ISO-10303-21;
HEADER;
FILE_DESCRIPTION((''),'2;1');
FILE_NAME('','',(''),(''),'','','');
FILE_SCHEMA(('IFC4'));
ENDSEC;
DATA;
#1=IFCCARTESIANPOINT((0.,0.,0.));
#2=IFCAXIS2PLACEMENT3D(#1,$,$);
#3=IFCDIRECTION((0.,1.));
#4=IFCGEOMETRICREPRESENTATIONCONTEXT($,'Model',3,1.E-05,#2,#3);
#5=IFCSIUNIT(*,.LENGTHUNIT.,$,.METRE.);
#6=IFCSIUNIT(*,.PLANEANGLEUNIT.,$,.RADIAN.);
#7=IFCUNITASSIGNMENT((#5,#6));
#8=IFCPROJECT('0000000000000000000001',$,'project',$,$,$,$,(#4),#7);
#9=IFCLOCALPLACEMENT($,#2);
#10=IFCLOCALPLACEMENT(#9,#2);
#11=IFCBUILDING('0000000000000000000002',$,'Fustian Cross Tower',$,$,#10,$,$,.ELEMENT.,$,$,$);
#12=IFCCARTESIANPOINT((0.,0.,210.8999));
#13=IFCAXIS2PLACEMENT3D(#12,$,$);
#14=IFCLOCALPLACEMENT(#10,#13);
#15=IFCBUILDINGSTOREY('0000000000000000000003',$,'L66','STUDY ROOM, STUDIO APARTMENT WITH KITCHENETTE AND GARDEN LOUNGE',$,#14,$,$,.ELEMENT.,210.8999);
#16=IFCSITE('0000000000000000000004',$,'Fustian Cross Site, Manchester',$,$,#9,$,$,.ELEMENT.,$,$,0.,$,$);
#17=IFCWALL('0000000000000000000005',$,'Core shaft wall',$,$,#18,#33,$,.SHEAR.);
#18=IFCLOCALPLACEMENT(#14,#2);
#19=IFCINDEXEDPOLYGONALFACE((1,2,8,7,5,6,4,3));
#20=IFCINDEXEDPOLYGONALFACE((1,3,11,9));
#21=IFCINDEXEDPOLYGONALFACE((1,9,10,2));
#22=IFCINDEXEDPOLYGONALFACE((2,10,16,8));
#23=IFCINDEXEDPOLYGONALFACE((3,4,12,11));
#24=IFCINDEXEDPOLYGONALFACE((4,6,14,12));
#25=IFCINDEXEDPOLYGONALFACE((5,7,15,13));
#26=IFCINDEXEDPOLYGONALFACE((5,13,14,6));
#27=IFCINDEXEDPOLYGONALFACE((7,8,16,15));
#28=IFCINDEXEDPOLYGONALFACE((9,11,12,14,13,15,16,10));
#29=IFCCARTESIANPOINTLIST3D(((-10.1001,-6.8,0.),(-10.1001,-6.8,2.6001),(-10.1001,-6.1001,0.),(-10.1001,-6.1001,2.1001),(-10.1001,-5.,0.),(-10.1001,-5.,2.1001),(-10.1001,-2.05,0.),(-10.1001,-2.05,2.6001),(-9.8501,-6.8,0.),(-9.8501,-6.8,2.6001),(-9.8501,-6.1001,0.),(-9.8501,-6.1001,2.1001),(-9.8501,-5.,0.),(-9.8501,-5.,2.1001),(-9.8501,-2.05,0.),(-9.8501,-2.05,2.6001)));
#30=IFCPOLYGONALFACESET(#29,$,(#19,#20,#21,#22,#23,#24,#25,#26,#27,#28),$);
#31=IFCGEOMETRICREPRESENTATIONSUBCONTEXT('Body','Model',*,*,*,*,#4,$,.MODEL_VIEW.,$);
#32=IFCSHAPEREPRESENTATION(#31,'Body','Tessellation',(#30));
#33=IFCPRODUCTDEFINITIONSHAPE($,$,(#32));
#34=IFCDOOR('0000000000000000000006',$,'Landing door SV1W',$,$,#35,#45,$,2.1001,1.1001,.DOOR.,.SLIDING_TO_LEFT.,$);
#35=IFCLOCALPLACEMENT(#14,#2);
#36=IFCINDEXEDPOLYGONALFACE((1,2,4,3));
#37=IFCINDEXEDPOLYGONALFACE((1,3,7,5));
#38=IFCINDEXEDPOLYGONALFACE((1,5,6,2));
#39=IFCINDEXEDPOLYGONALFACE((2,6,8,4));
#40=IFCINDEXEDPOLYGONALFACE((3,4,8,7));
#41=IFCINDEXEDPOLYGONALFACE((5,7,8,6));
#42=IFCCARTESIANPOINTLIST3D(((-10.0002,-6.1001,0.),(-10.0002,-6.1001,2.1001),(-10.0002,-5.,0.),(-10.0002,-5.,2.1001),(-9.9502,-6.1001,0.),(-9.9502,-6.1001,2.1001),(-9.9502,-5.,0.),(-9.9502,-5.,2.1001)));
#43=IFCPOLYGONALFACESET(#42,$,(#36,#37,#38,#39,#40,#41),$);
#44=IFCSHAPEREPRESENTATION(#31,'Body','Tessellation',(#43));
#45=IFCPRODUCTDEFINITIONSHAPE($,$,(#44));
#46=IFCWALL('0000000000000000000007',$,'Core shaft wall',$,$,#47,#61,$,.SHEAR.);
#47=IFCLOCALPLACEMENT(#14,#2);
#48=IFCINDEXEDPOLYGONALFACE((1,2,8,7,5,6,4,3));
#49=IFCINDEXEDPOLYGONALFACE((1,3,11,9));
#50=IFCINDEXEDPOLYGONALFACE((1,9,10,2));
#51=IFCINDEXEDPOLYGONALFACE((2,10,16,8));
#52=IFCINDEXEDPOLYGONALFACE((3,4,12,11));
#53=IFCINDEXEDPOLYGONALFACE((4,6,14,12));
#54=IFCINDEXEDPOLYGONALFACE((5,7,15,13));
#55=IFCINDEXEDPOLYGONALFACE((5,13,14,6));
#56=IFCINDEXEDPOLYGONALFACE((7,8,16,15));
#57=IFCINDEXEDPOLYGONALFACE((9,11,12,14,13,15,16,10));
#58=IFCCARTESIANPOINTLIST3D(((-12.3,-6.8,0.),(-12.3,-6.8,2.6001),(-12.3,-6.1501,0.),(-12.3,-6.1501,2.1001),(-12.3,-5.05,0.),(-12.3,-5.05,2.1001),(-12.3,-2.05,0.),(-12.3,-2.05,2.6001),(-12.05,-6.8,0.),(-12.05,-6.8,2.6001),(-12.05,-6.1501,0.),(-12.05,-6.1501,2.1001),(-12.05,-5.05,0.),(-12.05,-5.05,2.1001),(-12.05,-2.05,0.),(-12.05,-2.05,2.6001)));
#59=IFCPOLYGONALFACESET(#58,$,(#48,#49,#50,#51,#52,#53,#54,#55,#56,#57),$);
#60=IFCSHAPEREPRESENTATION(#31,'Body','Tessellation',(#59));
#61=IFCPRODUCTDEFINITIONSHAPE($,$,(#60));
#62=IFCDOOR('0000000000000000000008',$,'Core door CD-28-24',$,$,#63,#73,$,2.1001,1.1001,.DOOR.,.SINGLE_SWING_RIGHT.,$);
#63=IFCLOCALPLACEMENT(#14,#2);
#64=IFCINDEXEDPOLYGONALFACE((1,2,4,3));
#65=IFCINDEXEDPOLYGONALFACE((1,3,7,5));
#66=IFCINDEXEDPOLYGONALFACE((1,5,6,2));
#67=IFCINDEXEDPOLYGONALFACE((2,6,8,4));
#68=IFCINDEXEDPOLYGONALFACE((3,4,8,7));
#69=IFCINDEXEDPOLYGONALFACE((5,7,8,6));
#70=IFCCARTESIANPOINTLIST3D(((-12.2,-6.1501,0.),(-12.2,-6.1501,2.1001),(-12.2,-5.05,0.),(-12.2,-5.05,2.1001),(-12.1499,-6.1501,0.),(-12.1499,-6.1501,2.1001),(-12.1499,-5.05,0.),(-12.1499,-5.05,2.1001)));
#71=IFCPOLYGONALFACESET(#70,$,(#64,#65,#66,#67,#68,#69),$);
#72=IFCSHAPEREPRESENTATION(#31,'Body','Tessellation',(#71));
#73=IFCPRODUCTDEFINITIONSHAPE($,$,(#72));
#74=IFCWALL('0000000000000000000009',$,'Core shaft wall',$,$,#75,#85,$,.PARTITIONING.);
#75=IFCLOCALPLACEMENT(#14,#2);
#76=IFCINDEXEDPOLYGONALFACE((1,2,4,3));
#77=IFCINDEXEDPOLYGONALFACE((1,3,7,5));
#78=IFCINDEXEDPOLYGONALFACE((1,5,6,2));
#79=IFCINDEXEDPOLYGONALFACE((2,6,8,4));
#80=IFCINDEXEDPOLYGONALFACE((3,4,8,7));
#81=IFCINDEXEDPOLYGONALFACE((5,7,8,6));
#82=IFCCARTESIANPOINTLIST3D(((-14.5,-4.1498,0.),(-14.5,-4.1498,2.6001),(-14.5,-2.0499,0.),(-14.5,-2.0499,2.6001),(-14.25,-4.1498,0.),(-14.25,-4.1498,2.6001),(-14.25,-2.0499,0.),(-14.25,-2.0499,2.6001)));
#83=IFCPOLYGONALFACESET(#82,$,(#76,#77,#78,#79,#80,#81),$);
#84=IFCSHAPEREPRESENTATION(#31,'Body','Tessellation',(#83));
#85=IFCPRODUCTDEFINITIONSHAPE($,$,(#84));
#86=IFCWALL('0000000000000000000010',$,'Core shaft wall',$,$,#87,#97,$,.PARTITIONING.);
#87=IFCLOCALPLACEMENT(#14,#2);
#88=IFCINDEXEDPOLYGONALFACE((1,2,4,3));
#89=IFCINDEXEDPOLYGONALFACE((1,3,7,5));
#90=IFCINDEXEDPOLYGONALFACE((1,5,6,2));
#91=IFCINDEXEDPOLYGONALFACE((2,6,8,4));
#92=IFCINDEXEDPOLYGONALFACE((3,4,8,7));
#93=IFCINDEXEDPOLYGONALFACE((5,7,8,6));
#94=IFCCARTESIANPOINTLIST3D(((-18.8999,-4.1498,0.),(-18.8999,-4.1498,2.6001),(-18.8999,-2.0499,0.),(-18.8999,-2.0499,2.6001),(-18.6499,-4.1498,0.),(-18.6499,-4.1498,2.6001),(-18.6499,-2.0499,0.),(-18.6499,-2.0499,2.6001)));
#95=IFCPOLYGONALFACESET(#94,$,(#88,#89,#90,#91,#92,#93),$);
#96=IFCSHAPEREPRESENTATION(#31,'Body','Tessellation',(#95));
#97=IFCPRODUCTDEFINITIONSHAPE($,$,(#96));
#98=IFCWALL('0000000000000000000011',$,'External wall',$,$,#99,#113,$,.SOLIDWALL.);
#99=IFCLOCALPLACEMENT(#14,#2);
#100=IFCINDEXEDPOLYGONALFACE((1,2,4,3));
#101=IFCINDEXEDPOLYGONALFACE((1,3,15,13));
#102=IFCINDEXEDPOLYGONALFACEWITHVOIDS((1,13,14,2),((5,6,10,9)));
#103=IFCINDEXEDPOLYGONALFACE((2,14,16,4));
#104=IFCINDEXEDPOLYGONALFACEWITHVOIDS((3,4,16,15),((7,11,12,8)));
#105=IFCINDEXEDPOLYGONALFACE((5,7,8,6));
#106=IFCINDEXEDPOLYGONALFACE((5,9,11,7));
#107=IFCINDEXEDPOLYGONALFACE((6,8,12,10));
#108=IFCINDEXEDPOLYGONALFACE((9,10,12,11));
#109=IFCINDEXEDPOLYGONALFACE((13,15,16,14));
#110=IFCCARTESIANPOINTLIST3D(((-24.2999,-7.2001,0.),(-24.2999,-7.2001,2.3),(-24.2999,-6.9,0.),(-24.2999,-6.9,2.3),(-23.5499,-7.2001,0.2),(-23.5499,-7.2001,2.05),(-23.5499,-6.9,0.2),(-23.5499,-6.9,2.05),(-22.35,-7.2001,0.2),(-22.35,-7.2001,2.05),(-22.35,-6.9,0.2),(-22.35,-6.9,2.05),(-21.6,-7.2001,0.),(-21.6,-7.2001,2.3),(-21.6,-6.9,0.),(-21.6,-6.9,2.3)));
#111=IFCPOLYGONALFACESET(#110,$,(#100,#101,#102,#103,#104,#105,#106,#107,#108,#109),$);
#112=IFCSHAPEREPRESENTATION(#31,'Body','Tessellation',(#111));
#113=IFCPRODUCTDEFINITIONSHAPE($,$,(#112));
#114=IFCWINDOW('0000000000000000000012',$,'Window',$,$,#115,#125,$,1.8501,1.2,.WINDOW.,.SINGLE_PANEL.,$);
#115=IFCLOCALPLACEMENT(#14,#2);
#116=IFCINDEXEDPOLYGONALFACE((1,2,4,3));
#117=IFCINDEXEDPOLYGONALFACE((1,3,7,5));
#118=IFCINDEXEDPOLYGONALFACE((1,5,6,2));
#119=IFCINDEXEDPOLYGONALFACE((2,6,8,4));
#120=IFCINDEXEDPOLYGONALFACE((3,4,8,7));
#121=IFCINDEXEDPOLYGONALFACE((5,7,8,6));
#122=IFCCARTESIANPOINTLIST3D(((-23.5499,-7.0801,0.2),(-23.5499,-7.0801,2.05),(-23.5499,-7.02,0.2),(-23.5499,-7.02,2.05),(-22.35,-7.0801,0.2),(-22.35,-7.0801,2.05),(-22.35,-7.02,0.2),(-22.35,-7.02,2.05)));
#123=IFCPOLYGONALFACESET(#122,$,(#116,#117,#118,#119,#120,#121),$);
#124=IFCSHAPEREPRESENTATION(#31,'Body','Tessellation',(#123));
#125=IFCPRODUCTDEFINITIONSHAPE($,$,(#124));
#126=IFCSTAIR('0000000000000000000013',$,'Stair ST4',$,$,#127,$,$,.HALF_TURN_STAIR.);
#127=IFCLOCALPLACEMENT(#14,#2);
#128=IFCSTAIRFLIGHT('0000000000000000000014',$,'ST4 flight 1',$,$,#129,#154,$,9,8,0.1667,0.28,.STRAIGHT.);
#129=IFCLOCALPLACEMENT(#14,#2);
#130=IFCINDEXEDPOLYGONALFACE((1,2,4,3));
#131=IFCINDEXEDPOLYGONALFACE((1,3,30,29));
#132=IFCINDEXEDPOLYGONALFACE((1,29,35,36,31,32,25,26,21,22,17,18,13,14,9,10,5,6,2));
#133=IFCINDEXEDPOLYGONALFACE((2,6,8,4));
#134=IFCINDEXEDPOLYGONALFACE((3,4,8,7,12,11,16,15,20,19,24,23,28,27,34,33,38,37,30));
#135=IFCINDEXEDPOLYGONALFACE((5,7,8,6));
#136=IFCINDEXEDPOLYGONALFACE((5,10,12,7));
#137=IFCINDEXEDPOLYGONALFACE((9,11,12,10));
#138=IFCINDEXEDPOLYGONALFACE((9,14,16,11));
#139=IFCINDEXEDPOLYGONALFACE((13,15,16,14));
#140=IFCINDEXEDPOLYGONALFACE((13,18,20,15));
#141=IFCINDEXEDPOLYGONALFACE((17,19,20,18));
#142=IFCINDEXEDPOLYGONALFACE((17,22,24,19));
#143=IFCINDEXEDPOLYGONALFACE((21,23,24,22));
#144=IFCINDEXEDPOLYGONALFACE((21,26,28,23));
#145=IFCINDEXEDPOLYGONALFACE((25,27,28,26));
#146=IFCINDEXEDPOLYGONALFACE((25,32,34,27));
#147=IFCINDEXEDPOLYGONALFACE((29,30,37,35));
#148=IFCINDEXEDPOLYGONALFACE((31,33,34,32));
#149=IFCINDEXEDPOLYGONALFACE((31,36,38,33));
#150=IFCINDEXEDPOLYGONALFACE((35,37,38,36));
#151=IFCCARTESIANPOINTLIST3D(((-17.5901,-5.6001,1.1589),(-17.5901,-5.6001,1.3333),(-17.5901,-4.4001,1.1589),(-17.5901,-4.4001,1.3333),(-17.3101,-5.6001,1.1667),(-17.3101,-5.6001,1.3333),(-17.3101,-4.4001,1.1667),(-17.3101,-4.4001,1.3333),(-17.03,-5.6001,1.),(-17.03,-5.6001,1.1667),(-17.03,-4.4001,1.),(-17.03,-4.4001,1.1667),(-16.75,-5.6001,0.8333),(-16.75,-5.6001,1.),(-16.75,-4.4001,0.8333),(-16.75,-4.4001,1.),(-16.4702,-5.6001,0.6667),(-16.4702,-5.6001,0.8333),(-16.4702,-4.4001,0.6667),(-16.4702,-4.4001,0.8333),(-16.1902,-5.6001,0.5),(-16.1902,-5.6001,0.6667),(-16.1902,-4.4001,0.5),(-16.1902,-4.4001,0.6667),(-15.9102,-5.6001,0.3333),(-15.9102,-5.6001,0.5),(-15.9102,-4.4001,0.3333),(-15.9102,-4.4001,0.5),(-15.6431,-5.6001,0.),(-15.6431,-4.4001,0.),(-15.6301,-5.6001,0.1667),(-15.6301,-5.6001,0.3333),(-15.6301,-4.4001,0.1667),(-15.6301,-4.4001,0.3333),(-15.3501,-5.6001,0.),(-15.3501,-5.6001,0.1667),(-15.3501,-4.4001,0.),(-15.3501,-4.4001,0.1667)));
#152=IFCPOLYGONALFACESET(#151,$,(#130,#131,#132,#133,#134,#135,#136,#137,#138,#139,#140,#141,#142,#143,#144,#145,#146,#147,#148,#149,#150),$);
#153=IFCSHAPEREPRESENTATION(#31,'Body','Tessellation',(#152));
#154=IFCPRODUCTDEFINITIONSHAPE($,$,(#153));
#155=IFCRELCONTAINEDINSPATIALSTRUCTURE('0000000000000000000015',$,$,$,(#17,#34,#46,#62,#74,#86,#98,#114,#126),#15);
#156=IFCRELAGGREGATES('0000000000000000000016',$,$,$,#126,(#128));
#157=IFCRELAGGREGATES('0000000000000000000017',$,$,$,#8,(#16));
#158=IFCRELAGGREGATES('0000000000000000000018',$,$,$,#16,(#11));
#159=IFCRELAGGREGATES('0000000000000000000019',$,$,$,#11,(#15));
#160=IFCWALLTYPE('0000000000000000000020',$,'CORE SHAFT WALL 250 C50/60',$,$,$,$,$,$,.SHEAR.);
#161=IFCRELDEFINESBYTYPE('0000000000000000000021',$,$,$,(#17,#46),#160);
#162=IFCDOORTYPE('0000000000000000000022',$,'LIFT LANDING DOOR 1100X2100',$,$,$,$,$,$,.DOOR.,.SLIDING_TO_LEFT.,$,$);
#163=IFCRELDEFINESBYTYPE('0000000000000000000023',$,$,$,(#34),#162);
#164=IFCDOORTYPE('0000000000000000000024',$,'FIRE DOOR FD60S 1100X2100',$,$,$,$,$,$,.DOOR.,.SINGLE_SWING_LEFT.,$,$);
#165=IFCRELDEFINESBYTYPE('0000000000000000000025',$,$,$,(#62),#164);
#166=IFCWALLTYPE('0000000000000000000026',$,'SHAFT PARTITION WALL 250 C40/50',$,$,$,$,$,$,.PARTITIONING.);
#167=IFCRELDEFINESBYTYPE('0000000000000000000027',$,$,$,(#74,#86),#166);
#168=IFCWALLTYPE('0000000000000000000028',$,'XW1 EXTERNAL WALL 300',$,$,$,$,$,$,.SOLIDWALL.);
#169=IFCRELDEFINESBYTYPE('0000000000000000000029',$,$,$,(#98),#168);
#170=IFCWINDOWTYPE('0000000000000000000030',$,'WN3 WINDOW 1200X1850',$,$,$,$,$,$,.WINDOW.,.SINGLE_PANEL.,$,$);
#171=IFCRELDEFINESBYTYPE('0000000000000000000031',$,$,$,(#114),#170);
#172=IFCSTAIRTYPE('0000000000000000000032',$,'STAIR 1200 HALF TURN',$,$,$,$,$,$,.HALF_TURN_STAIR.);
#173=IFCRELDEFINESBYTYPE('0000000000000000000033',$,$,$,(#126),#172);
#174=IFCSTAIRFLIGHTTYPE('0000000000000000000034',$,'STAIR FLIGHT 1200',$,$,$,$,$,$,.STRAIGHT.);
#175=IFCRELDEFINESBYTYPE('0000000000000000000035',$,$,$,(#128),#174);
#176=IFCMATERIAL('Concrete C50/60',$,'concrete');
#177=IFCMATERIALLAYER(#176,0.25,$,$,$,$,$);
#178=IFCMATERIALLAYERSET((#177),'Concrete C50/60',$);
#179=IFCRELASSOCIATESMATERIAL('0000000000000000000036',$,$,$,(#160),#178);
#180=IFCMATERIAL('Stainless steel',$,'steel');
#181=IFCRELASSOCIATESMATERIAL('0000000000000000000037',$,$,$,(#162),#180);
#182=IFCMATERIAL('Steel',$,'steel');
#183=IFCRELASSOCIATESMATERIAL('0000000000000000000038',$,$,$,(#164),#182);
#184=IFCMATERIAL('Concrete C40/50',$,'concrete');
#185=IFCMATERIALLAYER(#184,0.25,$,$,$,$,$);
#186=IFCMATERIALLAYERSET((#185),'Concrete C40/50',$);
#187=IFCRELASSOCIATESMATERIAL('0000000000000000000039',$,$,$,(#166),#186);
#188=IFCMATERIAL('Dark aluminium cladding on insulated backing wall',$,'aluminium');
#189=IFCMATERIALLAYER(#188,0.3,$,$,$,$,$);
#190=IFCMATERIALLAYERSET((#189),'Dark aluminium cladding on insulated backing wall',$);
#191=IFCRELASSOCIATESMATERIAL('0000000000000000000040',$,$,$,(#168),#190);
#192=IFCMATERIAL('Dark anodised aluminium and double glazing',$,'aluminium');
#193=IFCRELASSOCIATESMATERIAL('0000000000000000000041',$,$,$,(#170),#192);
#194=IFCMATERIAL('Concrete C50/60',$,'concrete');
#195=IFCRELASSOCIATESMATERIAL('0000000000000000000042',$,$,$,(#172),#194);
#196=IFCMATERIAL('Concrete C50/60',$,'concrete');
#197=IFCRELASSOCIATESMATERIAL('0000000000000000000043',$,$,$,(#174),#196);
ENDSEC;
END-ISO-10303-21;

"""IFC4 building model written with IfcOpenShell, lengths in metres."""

from ifc_helpers import new_model, si_unit, direction, frame, frame_2d, origin, place, context, subcontext, project, spatial, polyline, rectangle, outline, extrude, material, layer, layer_set, type_object, element, fill, aggregate, save


model = new_model("IFC4")

# Units and contexts
model_context = context("Model", 3, precision=1e-05, world=origin(), true_north=direction((0.0, 1.0)))
body_context = subcontext(model_context, "Body", "Model", "MODEL_VIEW")
ifc_project = project(units=[si_unit("LENGTHUNIT", "METRE"), si_unit("PLANEANGLEUNIT", "RADIAN")], contexts=[model_context])

# Site, building, storey
site_placement = place(None, origin())
site = spatial("IfcSite", under=ifc_project, at=site_placement, Name="Fustian Cross Site, Manchester", CompositionType="ELEMENT", RefElevation=0.0)
building_placement = place(site_placement, origin())
building = spatial("IfcBuilding", under=site, at=building_placement, Name="Fustian Cross Tower", CompositionType="ELEMENT")
storey_placement = place(building_placement, frame((0.0, 0.0, 210.8999)))
storey = spatial("IfcBuildingStorey", under=building, at=storey_placement, Name="L66", Description="STUDY ROOM, STUDIO APARTMENT WITH KITCHENETTE AND GARDEN LOUNGE", CompositionType="ELEMENT", Elevation=210.8999)

# Shared definitions
ifc_material_1 = material(Name="Concrete C50/60", Category="concrete")
ifc_layer_1 = layer(ifc_material_1, 0.25)
ifc_layer_set_1 = layer_set([ifc_layer_1], Name="Concrete C50/60")
wall_type_1 = type_object("IfcWallType", Name="CORE SHAFT WALL 250 C50/60", PredefinedType="SHEAR", material=ifc_layer_set_1)

# Walls, openings, doors
wall_1_placement = place(storey_placement, frame((-9.9751, -2.05, 0.0), z_axis=(0.0, 0.0, 1.0), x_axis=(0.0, -1.0, 0.0)))
wall_1 = element("IfcWall", 1, at=wall_1_placement, inside=storey, type_object=wall_type_1, Name="Core shaft wall", PredefinedType="SHEAR", context=body_context, shape_type="SweptSolid", body=[
    extrude(rectangle(XDim=4.75, YDim=0.25, at=frame_2d((2.375, 0.0))), origin(), (0.0, 0.0, 1.0), 2.6001),
])
opening_1_placement = place(wall_1_placement, frame((2.95, 0.0, 0.0)))
opening_1 = element("IfcOpeningElement", 2, at=opening_1_placement, cuts=wall_1, PredefinedType="OPENING", context=body_context, shape_type="SweptSolid", body=[
    extrude(rectangle(XDim=1.1001, YDim=2.1001, at=frame_2d((0.55, 1.05))), frame((0.0, 0.135, 0.0), z_axis=(0.0, -1.0, 0.0), x_axis=(1.0, 0.0, 0.0)), (0.0, 0.0, 1.0), 0.27),
])
ifc_material_2 = material(Name="Stainless steel", Category="steel")
door_type_1 = type_object("IfcDoorType", Name="LIFT LANDING DOOR 1100X2100", OperationType="SLIDING_TO_LEFT", PredefinedType="DOOR", material=ifc_material_2)
door_1_placement = place(opening_1_placement, origin())
door_1 = element("IfcDoor", 3, at=door_1_placement, inside=storey, type_object=door_type_1, Name="Landing door SV1W", OperationType="SLIDING_TO_LEFT", OverallHeight=2.1001, OverallWidth=1.1001, PredefinedType="DOOR", context=body_context, shape_type="SweptSolid", body=[
    extrude(rectangle(XDim=1.1001, YDim=2.1001, at=frame_2d((0.55, 1.05))), frame((0.0, 0.0249, 0.0), z_axis=(0.0, -1.0, 0.0), x_axis=(1.0, 0.0, 0.0)), (0.0, 0.0, 1.0), 0.05),
])
fill(opening_1, door_1)
wall_2_placement = place(storey_placement, frame((-12.175, -2.05, 0.0), z_axis=(0.0, 0.0, 1.0), x_axis=(0.0, -1.0, 0.0)))
wall_2 = element("IfcWall", 4, at=wall_2_placement, inside=storey, type_object=wall_type_1, Name="Core shaft wall", PredefinedType="SHEAR", context=body_context, shape_type="SweptSolid", body=[
    extrude(rectangle(XDim=4.75, YDim=0.25, at=frame_2d((2.375, 0.0))), origin(), (0.0, 0.0, 1.0), 2.6001),
])
opening_2_placement = place(wall_2_placement, frame((3.0, 0.0, 0.0)))
opening_2 = element("IfcOpeningElement", 5, at=opening_2_placement, cuts=wall_2, PredefinedType="OPENING", context=body_context, shape_type="SweptSolid", body=[
    extrude(rectangle(XDim=1.1001, YDim=2.1001, at=frame_2d((0.55, 1.05))), frame((0.0, 0.135, 0.0), z_axis=(0.0, -1.0, 0.0), x_axis=(1.0, 0.0, 0.0)), (0.0, 0.0, 1.0), 0.27),
])
ifc_material_3 = material(Name="Steel", Category="steel")
door_type_2 = type_object("IfcDoorType", Name="FIRE DOOR FD60S 1100X2100", OperationType="SINGLE_SWING_LEFT", PredefinedType="DOOR", material=ifc_material_3)
door_2_placement = place(opening_2_placement, frame((1.1001, 0.0, 0.0), z_axis=(0.0, 0.0, 1.0), x_axis=(-1.0, 0.0, 0.0)))
door_2 = element("IfcDoor", 6, at=door_2_placement, inside=storey, type_object=door_type_2, Name="Core door CD-28-24", OperationType="SINGLE_SWING_RIGHT", OverallHeight=2.1001, OverallWidth=1.1001, PredefinedType="DOOR", context=body_context, shape_type="SweptSolid", body=[
    extrude(rectangle(XDim=1.1001, YDim=2.1001, at=frame_2d((0.55, 1.05))), frame((0.0, 0.0249, 0.0), z_axis=(0.0, -1.0, 0.0), x_axis=(1.0, 0.0, 0.0)), (0.0, 0.0, 1.0), 0.05),
])
fill(opening_2, door_2)

# Walls
ifc_material_4 = material(Name="Concrete C40/50", Category="concrete")
ifc_layer_2 = layer(ifc_material_4, 0.25)
ifc_layer_set_2 = layer_set([ifc_layer_2], Name="Concrete C40/50")
wall_type_2 = type_object("IfcWallType", Name="SHAFT PARTITION WALL 250 C40/50", PredefinedType="PARTITIONING", material=ifc_layer_set_2)
for number, where, z_axis, x_axis, name in (
    (7, (-14.375, -2.05, 0.0), (0.0, 0.0, 1.0), (0.0, -1.0, 0.0), "Core shaft wall"),
    (8, (-18.7749, -2.05, 0.0), (0.0, 0.0, 1.0), (0.0, -1.0, 0.0), "Core shaft wall"),
):
    element("IfcWall", number, at=place(storey_placement, frame(where, z_axis=z_axis, x_axis=x_axis)), inside=storey, type_object=wall_type_2, Name=name, PredefinedType="PARTITIONING", context=body_context, shape_type="SweptSolid", body=[
        extrude(rectangle(XDim=2.0999, YDim=0.25, at=frame_2d((1.0498, 0.0))), origin(), (0.0, 0.0, 1.0), 2.6001),
    ])

# Wall, opening, window
ifc_material_5 = material(Name="Dark aluminium cladding on insulated backing wall", Category="aluminium")
ifc_layer_3 = layer(ifc_material_5, 0.3)
ifc_layer_set_3 = layer_set([ifc_layer_3], Name="Dark aluminium cladding on insulated backing wall")
wall_type_3 = type_object("IfcWallType", Name="XW1 EXTERNAL WALL 300", PredefinedType="SOLIDWALL", material=ifc_layer_set_3)
wall_3_placement = place(storey_placement, frame((-24.3, -7.05, 0.0), z_axis=(0.0, 0.0, 1.0), x_axis=(1.0, 0.0, 0.0)))
wall_3 = element("IfcWall", 9, at=wall_3_placement, inside=storey, type_object=wall_type_3, Name="External wall", PredefinedType="SOLIDWALL", context=body_context, shape_type="SweptSolid", body=[
    extrude(rectangle(XDim=2.7, YDim=0.3, at=frame_2d((1.3501, 0.0))), origin(), (0.0, 0.0, 1.0), 2.3),
])
opening_3_placement = place(wall_3_placement, frame((0.75, 0.0, 0.2)))
opening_3 = element("IfcOpeningElement", 10, at=opening_3_placement, cuts=wall_3, PredefinedType="OPENING", context=body_context, shape_type="SweptSolid", body=[
    extrude(rectangle(XDim=1.2, YDim=1.8501, at=frame_2d((0.6001, 0.925))), frame((0.0, 0.1599, 0.0), z_axis=(0.0, -1.0, 0.0), x_axis=(1.0, 0.0, 0.0)), (0.0, 0.0, 1.0), 0.3201),
])
ifc_material_6 = material(Name="Dark anodised aluminium and double glazing", Category="aluminium")
window_type = type_object("IfcWindowType", Name="WN3 WINDOW 1200X1850", PartitioningType="SINGLE_PANEL", PredefinedType="WINDOW", material=ifc_material_6)
window_placement = place(opening_3_placement, origin())
window = element("IfcWindow", 11, at=window_placement, inside=storey, type_object=window_type, Name="Window", OverallHeight=1.8501, OverallWidth=1.2, PartitioningType="SINGLE_PANEL", PredefinedType="WINDOW", context=body_context, shape_type="SweptSolid", body=[
    extrude(rectangle(XDim=1.2, YDim=1.8501, at=frame_2d((0.6001, 0.925))), frame((0.0, 0.03, 0.0), z_axis=(0.0, -1.0, 0.0), x_axis=(1.0, 0.0, 0.0)), (0.0, 0.0, 1.0), 0.0601),
])
fill(opening_3, window)

# Stair, stair flight
ifc_material_7 = material(Name="Concrete C50/60", Category="concrete")
stair_type = type_object("IfcStairType", Name="STAIR 1200 HALF TURN", PredefinedType="HALF_TURN_STAIR", material=ifc_material_7)
stair_placement = place(storey_placement, origin())
stair = element("IfcStair", 12, at=stair_placement, inside=storey, type_object=stair_type, Name="Stair ST4", PredefinedType="HALF_TURN_STAIR")
ifc_material_8 = material(Name="Concrete C50/60", Category="concrete")
stair_flight_type = type_object("IfcStairFlightType", Name="STAIR FLIGHT 1200", PredefinedType="STRAIGHT", material=ifc_material_8)
stair_flight_1_placement = place(storey_placement, frame((-15.3501, -5.0, 0.0), z_axis=(0.0, 0.0, 1.0), x_axis=(-1.0, 0.0, 0.0)))
stair_flight_1 = element("IfcStairFlight", 13, at=stair_flight_1_placement, type_object=stair_flight_type, Name="ST4 flight 1", NumberOfRisers=9, NumberOfTreads=8, PredefinedType="STRAIGHT", RiserHeight=0.1667, TreadLength=0.28, context=body_context, shape_type="SweptSolid", body=[
    extrude(outline(polyline([(0.0, 0.0), (0.0, 0.1667), (0.28, 0.1667), (0.28, 0.3333), (0.5601, 0.3333), (0.5601, 0.5), (0.8401, 0.5), (0.8401, 0.6667), (1.1201, 0.6667), (1.1201, 0.8333), (1.3999, 0.8333), (1.3999, 1.0), (1.6799, 1.0), (1.6799, 1.1667), (1.96, 1.1667), (1.96, 1.3333), (2.24, 1.3333), (2.24, 1.5), (2.24, 1.1589), (0.293, 0.0), (0.0, 0.0)])), frame((0.0, 0.6001, 0.0), z_axis=(0.0, -1.0, 0.0), x_axis=(1.0, 0.0, 0.0)), (0.0, 0.0, 1.0), 1.2),
])
aggregate(stair, [stair_flight_1])

save(model, "model.ifc")
